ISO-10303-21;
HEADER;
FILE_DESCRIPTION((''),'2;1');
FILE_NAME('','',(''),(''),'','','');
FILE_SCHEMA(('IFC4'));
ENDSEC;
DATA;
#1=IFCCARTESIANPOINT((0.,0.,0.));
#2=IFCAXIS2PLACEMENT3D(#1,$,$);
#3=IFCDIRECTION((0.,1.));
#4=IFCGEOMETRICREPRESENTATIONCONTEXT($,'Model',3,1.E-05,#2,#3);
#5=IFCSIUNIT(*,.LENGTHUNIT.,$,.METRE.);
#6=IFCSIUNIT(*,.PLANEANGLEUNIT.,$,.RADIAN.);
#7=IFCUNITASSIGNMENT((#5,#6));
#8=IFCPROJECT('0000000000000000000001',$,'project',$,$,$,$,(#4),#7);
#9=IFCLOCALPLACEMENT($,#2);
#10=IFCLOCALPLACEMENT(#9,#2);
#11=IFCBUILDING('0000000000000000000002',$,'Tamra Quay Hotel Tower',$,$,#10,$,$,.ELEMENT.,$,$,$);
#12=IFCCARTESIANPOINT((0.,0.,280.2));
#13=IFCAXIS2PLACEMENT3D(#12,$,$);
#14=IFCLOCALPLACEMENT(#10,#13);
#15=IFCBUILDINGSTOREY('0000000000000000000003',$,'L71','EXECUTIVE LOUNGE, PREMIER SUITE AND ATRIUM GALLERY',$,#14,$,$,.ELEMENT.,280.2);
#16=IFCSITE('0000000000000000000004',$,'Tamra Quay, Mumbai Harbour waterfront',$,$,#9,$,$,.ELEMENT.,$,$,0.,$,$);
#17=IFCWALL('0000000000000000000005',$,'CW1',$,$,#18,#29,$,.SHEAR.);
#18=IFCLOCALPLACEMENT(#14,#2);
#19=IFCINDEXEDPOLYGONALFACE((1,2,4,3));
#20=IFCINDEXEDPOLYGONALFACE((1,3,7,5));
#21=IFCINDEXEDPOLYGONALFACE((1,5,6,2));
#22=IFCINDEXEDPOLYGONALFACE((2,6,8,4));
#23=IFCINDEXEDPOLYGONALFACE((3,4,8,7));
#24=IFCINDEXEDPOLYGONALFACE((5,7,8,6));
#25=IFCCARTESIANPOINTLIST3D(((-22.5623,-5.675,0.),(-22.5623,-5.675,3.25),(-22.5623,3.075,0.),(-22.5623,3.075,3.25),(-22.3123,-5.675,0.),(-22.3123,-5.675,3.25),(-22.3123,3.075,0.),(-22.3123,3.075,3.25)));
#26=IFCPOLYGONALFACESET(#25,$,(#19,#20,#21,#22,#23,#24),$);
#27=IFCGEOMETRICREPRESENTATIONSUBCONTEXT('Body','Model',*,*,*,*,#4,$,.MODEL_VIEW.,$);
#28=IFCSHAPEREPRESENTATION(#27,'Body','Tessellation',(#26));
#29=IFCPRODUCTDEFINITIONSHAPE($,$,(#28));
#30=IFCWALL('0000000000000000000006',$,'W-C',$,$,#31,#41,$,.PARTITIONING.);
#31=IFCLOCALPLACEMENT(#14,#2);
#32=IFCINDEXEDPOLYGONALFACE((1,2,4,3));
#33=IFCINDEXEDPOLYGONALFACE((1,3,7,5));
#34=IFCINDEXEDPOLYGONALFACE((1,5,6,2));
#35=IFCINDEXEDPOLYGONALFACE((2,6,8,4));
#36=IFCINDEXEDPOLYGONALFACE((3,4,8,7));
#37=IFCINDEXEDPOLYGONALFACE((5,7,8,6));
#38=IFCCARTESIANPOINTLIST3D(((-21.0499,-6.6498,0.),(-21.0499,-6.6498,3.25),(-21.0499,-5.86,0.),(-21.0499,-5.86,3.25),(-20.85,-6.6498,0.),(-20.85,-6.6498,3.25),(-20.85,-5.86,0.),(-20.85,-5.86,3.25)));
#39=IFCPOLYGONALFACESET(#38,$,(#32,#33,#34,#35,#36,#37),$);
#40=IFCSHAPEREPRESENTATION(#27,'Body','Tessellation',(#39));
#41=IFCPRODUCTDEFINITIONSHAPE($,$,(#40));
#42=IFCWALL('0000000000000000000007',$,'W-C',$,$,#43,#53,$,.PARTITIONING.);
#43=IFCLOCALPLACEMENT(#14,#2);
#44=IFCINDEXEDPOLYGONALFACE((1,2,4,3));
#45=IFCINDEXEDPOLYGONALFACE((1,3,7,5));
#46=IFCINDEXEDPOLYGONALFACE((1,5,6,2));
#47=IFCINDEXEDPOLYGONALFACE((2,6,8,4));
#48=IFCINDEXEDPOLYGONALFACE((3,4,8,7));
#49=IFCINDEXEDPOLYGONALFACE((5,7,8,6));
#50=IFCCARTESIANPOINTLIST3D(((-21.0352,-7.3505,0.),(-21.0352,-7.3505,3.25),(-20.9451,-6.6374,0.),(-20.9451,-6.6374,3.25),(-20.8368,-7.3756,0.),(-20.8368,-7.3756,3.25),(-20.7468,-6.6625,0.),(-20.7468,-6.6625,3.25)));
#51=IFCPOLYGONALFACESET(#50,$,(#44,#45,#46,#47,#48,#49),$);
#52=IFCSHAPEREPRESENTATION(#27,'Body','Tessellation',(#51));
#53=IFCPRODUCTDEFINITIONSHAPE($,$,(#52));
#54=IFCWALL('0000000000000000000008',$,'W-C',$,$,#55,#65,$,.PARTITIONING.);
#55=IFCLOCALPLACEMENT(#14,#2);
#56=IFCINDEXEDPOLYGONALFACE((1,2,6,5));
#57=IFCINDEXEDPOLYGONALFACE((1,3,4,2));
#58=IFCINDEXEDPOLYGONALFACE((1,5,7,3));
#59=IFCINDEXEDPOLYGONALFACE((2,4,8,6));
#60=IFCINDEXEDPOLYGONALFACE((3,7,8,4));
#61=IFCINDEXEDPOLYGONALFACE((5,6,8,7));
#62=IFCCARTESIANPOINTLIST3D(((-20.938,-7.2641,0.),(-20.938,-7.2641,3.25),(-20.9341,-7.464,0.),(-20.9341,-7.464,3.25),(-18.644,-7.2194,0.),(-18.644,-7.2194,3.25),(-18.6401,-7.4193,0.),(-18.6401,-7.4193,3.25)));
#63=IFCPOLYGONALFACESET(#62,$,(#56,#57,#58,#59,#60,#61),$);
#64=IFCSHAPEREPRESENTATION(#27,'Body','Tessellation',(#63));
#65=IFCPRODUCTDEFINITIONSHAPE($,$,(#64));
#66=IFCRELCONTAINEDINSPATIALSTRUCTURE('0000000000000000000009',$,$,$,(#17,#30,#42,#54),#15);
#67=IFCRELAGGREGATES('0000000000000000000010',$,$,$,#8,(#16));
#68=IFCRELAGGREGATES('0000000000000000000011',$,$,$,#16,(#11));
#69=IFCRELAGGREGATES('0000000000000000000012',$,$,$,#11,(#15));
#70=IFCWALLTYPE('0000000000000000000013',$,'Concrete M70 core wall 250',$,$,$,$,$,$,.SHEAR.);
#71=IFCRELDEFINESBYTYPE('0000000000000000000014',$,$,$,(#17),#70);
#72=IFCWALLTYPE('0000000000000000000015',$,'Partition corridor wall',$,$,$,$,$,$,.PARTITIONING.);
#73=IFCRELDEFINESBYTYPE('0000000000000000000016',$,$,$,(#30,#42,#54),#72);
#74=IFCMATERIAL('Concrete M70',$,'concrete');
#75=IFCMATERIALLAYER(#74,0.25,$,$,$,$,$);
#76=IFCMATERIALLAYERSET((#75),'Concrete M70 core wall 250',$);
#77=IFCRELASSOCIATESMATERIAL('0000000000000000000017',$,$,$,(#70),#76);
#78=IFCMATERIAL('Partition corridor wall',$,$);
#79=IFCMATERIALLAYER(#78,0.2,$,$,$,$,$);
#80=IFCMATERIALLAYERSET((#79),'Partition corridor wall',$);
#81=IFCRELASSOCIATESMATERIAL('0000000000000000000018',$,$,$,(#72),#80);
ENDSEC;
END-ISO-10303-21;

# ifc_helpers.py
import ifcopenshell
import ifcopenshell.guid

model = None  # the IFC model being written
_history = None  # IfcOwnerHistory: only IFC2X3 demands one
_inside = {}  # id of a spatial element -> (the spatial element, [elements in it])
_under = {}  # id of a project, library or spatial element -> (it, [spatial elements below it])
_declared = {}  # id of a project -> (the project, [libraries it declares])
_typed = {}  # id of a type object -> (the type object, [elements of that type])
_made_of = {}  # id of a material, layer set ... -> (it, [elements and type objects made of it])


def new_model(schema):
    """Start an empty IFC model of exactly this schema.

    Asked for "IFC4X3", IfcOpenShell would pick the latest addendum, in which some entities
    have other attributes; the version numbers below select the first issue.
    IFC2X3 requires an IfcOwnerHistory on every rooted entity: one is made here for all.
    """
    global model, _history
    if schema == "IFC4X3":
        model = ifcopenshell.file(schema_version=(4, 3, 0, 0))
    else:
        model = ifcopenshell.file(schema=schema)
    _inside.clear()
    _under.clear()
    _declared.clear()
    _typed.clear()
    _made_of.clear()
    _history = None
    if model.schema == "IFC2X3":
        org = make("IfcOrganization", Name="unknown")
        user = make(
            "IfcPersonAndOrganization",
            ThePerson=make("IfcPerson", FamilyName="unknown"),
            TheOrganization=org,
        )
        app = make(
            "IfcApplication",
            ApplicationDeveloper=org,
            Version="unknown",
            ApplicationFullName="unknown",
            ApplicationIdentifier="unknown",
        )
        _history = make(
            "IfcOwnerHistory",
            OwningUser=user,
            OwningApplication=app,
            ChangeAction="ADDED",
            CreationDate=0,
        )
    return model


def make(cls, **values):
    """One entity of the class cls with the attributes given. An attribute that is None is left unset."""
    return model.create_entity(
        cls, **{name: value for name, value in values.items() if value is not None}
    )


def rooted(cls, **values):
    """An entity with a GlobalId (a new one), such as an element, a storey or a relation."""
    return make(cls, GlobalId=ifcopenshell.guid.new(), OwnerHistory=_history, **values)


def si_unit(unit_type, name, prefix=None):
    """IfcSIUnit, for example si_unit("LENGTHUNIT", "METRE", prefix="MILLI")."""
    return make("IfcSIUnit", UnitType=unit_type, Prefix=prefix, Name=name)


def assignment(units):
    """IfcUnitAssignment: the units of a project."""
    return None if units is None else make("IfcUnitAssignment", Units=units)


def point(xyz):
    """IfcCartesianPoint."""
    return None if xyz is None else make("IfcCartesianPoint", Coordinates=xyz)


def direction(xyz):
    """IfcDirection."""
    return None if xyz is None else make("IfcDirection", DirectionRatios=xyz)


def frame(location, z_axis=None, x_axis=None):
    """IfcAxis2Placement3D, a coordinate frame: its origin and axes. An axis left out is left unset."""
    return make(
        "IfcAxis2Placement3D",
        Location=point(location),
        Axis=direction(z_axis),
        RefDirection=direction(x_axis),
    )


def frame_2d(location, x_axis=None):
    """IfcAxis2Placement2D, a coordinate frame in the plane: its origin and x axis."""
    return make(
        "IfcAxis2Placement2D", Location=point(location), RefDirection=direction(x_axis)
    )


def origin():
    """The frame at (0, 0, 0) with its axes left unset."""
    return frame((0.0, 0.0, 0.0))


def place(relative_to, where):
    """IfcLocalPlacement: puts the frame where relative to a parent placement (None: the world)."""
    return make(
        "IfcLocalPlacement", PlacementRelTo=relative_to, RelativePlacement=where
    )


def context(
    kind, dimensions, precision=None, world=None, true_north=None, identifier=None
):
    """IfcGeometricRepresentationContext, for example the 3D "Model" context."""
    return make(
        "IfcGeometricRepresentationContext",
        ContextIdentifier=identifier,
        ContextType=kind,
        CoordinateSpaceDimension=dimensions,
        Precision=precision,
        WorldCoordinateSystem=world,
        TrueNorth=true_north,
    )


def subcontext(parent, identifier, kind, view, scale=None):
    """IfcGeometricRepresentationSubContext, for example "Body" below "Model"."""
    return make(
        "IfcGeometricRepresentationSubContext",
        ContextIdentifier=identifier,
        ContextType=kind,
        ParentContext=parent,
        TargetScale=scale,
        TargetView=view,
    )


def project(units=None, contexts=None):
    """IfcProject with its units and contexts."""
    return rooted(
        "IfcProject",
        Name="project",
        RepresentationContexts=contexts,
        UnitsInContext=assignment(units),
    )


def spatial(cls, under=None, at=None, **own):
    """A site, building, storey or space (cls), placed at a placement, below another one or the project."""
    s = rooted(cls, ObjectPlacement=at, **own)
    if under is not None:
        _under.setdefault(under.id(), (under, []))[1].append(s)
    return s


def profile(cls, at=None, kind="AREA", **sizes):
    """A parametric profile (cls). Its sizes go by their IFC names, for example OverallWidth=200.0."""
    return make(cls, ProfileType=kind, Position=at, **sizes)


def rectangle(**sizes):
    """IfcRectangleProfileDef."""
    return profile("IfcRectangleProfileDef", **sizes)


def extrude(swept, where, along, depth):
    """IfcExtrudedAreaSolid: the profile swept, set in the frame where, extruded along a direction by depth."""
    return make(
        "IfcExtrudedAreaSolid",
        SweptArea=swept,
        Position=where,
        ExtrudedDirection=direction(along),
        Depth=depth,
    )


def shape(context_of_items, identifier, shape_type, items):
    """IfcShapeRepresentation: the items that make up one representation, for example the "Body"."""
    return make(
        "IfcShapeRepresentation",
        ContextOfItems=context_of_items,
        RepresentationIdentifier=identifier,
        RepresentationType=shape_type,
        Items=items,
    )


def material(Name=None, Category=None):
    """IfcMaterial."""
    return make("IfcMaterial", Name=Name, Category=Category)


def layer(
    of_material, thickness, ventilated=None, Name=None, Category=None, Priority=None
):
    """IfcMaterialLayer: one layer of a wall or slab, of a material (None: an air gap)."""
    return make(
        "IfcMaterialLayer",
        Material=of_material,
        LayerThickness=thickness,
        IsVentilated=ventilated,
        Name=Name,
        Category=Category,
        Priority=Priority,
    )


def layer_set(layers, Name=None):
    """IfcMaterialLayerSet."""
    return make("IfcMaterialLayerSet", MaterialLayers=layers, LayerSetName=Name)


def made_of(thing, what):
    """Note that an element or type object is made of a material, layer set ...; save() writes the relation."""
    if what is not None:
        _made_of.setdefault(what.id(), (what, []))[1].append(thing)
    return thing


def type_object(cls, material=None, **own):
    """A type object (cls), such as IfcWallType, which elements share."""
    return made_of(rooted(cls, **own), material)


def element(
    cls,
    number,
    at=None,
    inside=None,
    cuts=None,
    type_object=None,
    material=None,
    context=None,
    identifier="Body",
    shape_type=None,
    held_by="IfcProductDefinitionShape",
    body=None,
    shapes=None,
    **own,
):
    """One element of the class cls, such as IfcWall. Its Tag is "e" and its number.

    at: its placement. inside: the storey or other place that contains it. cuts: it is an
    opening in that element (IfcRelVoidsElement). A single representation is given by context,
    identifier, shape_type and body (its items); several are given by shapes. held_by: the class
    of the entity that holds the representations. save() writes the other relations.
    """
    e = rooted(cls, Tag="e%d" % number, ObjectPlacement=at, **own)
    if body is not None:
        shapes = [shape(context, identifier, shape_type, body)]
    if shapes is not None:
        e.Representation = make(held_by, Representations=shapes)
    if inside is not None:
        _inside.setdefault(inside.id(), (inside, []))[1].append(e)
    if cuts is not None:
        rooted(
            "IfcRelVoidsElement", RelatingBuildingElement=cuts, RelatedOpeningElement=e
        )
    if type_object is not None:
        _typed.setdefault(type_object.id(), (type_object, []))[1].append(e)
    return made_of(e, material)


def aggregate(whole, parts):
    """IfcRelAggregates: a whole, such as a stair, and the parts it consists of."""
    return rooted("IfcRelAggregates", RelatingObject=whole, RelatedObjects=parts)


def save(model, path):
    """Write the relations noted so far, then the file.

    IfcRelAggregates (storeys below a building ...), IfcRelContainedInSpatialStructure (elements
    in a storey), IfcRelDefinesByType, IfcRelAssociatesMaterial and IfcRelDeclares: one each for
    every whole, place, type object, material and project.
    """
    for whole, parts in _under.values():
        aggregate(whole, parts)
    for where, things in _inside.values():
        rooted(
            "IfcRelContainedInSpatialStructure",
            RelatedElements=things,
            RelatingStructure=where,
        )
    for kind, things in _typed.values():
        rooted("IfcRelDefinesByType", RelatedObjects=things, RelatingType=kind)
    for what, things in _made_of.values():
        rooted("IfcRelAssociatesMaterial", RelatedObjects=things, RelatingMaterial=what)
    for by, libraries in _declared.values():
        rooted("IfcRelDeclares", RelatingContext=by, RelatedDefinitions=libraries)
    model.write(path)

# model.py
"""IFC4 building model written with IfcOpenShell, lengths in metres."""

from ifc_helpers import new_model, si_unit, direction, frame, frame_2d, origin, place, context, subcontext, project, spatial, rectangle, extrude, material, layer, layer_set, type_object, element, save


model = new_model("IFC4")

# Units and contexts
model_context = context("Model", 3, precision=1e-05, world=origin(), true_north=direction((0.0, 1.0)))
body_context = subcontext(model_context, "Body", "Model", "MODEL_VIEW")
ifc_project = project(units=[si_unit("LENGTHUNIT", "METRE"), si_unit("PLANEANGLEUNIT", "RADIAN")], contexts=[model_context])

# Site, building, storey
site_placement = place(None, origin())
site = spatial("IfcSite", under=ifc_project, at=site_placement, Name="Tamra Quay, Mumbai Harbour waterfront", CompositionType="ELEMENT", RefElevation=0.0)
building_placement = place(site_placement, origin())
building = spatial("IfcBuilding", under=site, at=building_placement, Name="Tamra Quay Hotel Tower", CompositionType="ELEMENT")
storey_placement = place(building_placement, frame((0.0, 0.0, 280.2)))
storey = spatial("IfcBuildingStorey", under=building, at=storey_placement, Name="L71", Description="EXECUTIVE LOUNGE, PREMIER SUITE AND ATRIUM GALLERY", CompositionType="ELEMENT", Elevation=280.2)

# Shared definitions
ifc_material_1 = material(Name="Concrete M70", Category="concrete")

# Walls
ifc_layer_1 = layer(ifc_material_1, 0.25)
ifc_layer_set_1 = layer_set([ifc_layer_1], Name="Concrete M70 core wall 250")
wall_type_1 = type_object("IfcWallType", Name="Concrete M70 core wall 250", PredefinedType="SHEAR", material=ifc_layer_set_1)
wall_1_placement = place(storey_placement, frame((-22.4373, -5.675, 0.0), z_axis=(0.0, 0.0, 1.0), x_axis=(0.0, 1.0, 0.0)))
element("IfcWall", 1, at=wall_1_placement, inside=storey, type_object=wall_type_1, Name="CW1", PredefinedType="SHEAR", context=body_context, shape_type="SweptSolid", body=[
    extrude(rectangle(XDim=8.75, YDim=0.25, at=frame_2d((4.375, 0.0))), origin(), (0.0, 0.0, 1.0), 3.25),
])
ifc_material_2 = material(Name="Partition corridor wall")
ifc_layer_2 = layer(ifc_material_2, 0.2)
ifc_layer_set_2 = layer_set([ifc_layer_2], Name="Partition corridor wall")
wall_type_2 = type_object("IfcWallType", Name="Partition corridor wall", PredefinedType="PARTITIONING", material=ifc_layer_set_2)
wall_2_placement = place(storey_placement, frame((-20.95, -6.6499, 0.0), z_axis=(0.0, 0.0, 1.0), x_axis=(0.0, 1.0, 0.0)))
element("IfcWall", 2, at=wall_2_placement, inside=storey, type_object=wall_type_2, Name="W-C", PredefinedType="PARTITIONING", context=body_context, shape_type="SweptSolid", body=[
    extrude(rectangle(XDim=0.7898, YDim=0.2, at=frame_2d((0.395, 0.0))), origin(), (0.0, 0.0, 1.0), 3.25),
])
wall_3_placement = place(storey_placement, frame((-20.936, -7.363, 0.0), z_axis=(0.0, 0.0, 1.0), x_axis=(0.125331, 0.992115, 0.0)))
element("IfcWall", 3, at=wall_3_placement, inside=storey, type_object=wall_type_2, Name="W-C", PredefinedType="PARTITIONING", context=body_context, shape_type="SweptSolid", body=[
    extrude(rectangle(XDim=0.7188, YDim=0.2, at=frame_2d((0.3594, 0.0))), origin(), (0.0, 0.0, 1.0), 3.25),
])
wall_4_placement = place(storey_placement, frame((-20.936, -7.364, 0.0), z_axis=(0.0, 0.0, 1.0), x_axis=(0.99981, 0.019473, 0.0)))
element("IfcWall", 4, at=wall_4_placement, inside=storey, type_object=wall_type_2, Name="W-C", PredefinedType="PARTITIONING", context=body_context, shape_type="SweptSolid", body=[
    extrude(rectangle(XDim=2.2944, YDim=0.2, at=frame_2d((1.1472, 0.0))), origin(), (0.0, 0.0, 1.0), 3.25),
])

save(model, "model.ifc")
